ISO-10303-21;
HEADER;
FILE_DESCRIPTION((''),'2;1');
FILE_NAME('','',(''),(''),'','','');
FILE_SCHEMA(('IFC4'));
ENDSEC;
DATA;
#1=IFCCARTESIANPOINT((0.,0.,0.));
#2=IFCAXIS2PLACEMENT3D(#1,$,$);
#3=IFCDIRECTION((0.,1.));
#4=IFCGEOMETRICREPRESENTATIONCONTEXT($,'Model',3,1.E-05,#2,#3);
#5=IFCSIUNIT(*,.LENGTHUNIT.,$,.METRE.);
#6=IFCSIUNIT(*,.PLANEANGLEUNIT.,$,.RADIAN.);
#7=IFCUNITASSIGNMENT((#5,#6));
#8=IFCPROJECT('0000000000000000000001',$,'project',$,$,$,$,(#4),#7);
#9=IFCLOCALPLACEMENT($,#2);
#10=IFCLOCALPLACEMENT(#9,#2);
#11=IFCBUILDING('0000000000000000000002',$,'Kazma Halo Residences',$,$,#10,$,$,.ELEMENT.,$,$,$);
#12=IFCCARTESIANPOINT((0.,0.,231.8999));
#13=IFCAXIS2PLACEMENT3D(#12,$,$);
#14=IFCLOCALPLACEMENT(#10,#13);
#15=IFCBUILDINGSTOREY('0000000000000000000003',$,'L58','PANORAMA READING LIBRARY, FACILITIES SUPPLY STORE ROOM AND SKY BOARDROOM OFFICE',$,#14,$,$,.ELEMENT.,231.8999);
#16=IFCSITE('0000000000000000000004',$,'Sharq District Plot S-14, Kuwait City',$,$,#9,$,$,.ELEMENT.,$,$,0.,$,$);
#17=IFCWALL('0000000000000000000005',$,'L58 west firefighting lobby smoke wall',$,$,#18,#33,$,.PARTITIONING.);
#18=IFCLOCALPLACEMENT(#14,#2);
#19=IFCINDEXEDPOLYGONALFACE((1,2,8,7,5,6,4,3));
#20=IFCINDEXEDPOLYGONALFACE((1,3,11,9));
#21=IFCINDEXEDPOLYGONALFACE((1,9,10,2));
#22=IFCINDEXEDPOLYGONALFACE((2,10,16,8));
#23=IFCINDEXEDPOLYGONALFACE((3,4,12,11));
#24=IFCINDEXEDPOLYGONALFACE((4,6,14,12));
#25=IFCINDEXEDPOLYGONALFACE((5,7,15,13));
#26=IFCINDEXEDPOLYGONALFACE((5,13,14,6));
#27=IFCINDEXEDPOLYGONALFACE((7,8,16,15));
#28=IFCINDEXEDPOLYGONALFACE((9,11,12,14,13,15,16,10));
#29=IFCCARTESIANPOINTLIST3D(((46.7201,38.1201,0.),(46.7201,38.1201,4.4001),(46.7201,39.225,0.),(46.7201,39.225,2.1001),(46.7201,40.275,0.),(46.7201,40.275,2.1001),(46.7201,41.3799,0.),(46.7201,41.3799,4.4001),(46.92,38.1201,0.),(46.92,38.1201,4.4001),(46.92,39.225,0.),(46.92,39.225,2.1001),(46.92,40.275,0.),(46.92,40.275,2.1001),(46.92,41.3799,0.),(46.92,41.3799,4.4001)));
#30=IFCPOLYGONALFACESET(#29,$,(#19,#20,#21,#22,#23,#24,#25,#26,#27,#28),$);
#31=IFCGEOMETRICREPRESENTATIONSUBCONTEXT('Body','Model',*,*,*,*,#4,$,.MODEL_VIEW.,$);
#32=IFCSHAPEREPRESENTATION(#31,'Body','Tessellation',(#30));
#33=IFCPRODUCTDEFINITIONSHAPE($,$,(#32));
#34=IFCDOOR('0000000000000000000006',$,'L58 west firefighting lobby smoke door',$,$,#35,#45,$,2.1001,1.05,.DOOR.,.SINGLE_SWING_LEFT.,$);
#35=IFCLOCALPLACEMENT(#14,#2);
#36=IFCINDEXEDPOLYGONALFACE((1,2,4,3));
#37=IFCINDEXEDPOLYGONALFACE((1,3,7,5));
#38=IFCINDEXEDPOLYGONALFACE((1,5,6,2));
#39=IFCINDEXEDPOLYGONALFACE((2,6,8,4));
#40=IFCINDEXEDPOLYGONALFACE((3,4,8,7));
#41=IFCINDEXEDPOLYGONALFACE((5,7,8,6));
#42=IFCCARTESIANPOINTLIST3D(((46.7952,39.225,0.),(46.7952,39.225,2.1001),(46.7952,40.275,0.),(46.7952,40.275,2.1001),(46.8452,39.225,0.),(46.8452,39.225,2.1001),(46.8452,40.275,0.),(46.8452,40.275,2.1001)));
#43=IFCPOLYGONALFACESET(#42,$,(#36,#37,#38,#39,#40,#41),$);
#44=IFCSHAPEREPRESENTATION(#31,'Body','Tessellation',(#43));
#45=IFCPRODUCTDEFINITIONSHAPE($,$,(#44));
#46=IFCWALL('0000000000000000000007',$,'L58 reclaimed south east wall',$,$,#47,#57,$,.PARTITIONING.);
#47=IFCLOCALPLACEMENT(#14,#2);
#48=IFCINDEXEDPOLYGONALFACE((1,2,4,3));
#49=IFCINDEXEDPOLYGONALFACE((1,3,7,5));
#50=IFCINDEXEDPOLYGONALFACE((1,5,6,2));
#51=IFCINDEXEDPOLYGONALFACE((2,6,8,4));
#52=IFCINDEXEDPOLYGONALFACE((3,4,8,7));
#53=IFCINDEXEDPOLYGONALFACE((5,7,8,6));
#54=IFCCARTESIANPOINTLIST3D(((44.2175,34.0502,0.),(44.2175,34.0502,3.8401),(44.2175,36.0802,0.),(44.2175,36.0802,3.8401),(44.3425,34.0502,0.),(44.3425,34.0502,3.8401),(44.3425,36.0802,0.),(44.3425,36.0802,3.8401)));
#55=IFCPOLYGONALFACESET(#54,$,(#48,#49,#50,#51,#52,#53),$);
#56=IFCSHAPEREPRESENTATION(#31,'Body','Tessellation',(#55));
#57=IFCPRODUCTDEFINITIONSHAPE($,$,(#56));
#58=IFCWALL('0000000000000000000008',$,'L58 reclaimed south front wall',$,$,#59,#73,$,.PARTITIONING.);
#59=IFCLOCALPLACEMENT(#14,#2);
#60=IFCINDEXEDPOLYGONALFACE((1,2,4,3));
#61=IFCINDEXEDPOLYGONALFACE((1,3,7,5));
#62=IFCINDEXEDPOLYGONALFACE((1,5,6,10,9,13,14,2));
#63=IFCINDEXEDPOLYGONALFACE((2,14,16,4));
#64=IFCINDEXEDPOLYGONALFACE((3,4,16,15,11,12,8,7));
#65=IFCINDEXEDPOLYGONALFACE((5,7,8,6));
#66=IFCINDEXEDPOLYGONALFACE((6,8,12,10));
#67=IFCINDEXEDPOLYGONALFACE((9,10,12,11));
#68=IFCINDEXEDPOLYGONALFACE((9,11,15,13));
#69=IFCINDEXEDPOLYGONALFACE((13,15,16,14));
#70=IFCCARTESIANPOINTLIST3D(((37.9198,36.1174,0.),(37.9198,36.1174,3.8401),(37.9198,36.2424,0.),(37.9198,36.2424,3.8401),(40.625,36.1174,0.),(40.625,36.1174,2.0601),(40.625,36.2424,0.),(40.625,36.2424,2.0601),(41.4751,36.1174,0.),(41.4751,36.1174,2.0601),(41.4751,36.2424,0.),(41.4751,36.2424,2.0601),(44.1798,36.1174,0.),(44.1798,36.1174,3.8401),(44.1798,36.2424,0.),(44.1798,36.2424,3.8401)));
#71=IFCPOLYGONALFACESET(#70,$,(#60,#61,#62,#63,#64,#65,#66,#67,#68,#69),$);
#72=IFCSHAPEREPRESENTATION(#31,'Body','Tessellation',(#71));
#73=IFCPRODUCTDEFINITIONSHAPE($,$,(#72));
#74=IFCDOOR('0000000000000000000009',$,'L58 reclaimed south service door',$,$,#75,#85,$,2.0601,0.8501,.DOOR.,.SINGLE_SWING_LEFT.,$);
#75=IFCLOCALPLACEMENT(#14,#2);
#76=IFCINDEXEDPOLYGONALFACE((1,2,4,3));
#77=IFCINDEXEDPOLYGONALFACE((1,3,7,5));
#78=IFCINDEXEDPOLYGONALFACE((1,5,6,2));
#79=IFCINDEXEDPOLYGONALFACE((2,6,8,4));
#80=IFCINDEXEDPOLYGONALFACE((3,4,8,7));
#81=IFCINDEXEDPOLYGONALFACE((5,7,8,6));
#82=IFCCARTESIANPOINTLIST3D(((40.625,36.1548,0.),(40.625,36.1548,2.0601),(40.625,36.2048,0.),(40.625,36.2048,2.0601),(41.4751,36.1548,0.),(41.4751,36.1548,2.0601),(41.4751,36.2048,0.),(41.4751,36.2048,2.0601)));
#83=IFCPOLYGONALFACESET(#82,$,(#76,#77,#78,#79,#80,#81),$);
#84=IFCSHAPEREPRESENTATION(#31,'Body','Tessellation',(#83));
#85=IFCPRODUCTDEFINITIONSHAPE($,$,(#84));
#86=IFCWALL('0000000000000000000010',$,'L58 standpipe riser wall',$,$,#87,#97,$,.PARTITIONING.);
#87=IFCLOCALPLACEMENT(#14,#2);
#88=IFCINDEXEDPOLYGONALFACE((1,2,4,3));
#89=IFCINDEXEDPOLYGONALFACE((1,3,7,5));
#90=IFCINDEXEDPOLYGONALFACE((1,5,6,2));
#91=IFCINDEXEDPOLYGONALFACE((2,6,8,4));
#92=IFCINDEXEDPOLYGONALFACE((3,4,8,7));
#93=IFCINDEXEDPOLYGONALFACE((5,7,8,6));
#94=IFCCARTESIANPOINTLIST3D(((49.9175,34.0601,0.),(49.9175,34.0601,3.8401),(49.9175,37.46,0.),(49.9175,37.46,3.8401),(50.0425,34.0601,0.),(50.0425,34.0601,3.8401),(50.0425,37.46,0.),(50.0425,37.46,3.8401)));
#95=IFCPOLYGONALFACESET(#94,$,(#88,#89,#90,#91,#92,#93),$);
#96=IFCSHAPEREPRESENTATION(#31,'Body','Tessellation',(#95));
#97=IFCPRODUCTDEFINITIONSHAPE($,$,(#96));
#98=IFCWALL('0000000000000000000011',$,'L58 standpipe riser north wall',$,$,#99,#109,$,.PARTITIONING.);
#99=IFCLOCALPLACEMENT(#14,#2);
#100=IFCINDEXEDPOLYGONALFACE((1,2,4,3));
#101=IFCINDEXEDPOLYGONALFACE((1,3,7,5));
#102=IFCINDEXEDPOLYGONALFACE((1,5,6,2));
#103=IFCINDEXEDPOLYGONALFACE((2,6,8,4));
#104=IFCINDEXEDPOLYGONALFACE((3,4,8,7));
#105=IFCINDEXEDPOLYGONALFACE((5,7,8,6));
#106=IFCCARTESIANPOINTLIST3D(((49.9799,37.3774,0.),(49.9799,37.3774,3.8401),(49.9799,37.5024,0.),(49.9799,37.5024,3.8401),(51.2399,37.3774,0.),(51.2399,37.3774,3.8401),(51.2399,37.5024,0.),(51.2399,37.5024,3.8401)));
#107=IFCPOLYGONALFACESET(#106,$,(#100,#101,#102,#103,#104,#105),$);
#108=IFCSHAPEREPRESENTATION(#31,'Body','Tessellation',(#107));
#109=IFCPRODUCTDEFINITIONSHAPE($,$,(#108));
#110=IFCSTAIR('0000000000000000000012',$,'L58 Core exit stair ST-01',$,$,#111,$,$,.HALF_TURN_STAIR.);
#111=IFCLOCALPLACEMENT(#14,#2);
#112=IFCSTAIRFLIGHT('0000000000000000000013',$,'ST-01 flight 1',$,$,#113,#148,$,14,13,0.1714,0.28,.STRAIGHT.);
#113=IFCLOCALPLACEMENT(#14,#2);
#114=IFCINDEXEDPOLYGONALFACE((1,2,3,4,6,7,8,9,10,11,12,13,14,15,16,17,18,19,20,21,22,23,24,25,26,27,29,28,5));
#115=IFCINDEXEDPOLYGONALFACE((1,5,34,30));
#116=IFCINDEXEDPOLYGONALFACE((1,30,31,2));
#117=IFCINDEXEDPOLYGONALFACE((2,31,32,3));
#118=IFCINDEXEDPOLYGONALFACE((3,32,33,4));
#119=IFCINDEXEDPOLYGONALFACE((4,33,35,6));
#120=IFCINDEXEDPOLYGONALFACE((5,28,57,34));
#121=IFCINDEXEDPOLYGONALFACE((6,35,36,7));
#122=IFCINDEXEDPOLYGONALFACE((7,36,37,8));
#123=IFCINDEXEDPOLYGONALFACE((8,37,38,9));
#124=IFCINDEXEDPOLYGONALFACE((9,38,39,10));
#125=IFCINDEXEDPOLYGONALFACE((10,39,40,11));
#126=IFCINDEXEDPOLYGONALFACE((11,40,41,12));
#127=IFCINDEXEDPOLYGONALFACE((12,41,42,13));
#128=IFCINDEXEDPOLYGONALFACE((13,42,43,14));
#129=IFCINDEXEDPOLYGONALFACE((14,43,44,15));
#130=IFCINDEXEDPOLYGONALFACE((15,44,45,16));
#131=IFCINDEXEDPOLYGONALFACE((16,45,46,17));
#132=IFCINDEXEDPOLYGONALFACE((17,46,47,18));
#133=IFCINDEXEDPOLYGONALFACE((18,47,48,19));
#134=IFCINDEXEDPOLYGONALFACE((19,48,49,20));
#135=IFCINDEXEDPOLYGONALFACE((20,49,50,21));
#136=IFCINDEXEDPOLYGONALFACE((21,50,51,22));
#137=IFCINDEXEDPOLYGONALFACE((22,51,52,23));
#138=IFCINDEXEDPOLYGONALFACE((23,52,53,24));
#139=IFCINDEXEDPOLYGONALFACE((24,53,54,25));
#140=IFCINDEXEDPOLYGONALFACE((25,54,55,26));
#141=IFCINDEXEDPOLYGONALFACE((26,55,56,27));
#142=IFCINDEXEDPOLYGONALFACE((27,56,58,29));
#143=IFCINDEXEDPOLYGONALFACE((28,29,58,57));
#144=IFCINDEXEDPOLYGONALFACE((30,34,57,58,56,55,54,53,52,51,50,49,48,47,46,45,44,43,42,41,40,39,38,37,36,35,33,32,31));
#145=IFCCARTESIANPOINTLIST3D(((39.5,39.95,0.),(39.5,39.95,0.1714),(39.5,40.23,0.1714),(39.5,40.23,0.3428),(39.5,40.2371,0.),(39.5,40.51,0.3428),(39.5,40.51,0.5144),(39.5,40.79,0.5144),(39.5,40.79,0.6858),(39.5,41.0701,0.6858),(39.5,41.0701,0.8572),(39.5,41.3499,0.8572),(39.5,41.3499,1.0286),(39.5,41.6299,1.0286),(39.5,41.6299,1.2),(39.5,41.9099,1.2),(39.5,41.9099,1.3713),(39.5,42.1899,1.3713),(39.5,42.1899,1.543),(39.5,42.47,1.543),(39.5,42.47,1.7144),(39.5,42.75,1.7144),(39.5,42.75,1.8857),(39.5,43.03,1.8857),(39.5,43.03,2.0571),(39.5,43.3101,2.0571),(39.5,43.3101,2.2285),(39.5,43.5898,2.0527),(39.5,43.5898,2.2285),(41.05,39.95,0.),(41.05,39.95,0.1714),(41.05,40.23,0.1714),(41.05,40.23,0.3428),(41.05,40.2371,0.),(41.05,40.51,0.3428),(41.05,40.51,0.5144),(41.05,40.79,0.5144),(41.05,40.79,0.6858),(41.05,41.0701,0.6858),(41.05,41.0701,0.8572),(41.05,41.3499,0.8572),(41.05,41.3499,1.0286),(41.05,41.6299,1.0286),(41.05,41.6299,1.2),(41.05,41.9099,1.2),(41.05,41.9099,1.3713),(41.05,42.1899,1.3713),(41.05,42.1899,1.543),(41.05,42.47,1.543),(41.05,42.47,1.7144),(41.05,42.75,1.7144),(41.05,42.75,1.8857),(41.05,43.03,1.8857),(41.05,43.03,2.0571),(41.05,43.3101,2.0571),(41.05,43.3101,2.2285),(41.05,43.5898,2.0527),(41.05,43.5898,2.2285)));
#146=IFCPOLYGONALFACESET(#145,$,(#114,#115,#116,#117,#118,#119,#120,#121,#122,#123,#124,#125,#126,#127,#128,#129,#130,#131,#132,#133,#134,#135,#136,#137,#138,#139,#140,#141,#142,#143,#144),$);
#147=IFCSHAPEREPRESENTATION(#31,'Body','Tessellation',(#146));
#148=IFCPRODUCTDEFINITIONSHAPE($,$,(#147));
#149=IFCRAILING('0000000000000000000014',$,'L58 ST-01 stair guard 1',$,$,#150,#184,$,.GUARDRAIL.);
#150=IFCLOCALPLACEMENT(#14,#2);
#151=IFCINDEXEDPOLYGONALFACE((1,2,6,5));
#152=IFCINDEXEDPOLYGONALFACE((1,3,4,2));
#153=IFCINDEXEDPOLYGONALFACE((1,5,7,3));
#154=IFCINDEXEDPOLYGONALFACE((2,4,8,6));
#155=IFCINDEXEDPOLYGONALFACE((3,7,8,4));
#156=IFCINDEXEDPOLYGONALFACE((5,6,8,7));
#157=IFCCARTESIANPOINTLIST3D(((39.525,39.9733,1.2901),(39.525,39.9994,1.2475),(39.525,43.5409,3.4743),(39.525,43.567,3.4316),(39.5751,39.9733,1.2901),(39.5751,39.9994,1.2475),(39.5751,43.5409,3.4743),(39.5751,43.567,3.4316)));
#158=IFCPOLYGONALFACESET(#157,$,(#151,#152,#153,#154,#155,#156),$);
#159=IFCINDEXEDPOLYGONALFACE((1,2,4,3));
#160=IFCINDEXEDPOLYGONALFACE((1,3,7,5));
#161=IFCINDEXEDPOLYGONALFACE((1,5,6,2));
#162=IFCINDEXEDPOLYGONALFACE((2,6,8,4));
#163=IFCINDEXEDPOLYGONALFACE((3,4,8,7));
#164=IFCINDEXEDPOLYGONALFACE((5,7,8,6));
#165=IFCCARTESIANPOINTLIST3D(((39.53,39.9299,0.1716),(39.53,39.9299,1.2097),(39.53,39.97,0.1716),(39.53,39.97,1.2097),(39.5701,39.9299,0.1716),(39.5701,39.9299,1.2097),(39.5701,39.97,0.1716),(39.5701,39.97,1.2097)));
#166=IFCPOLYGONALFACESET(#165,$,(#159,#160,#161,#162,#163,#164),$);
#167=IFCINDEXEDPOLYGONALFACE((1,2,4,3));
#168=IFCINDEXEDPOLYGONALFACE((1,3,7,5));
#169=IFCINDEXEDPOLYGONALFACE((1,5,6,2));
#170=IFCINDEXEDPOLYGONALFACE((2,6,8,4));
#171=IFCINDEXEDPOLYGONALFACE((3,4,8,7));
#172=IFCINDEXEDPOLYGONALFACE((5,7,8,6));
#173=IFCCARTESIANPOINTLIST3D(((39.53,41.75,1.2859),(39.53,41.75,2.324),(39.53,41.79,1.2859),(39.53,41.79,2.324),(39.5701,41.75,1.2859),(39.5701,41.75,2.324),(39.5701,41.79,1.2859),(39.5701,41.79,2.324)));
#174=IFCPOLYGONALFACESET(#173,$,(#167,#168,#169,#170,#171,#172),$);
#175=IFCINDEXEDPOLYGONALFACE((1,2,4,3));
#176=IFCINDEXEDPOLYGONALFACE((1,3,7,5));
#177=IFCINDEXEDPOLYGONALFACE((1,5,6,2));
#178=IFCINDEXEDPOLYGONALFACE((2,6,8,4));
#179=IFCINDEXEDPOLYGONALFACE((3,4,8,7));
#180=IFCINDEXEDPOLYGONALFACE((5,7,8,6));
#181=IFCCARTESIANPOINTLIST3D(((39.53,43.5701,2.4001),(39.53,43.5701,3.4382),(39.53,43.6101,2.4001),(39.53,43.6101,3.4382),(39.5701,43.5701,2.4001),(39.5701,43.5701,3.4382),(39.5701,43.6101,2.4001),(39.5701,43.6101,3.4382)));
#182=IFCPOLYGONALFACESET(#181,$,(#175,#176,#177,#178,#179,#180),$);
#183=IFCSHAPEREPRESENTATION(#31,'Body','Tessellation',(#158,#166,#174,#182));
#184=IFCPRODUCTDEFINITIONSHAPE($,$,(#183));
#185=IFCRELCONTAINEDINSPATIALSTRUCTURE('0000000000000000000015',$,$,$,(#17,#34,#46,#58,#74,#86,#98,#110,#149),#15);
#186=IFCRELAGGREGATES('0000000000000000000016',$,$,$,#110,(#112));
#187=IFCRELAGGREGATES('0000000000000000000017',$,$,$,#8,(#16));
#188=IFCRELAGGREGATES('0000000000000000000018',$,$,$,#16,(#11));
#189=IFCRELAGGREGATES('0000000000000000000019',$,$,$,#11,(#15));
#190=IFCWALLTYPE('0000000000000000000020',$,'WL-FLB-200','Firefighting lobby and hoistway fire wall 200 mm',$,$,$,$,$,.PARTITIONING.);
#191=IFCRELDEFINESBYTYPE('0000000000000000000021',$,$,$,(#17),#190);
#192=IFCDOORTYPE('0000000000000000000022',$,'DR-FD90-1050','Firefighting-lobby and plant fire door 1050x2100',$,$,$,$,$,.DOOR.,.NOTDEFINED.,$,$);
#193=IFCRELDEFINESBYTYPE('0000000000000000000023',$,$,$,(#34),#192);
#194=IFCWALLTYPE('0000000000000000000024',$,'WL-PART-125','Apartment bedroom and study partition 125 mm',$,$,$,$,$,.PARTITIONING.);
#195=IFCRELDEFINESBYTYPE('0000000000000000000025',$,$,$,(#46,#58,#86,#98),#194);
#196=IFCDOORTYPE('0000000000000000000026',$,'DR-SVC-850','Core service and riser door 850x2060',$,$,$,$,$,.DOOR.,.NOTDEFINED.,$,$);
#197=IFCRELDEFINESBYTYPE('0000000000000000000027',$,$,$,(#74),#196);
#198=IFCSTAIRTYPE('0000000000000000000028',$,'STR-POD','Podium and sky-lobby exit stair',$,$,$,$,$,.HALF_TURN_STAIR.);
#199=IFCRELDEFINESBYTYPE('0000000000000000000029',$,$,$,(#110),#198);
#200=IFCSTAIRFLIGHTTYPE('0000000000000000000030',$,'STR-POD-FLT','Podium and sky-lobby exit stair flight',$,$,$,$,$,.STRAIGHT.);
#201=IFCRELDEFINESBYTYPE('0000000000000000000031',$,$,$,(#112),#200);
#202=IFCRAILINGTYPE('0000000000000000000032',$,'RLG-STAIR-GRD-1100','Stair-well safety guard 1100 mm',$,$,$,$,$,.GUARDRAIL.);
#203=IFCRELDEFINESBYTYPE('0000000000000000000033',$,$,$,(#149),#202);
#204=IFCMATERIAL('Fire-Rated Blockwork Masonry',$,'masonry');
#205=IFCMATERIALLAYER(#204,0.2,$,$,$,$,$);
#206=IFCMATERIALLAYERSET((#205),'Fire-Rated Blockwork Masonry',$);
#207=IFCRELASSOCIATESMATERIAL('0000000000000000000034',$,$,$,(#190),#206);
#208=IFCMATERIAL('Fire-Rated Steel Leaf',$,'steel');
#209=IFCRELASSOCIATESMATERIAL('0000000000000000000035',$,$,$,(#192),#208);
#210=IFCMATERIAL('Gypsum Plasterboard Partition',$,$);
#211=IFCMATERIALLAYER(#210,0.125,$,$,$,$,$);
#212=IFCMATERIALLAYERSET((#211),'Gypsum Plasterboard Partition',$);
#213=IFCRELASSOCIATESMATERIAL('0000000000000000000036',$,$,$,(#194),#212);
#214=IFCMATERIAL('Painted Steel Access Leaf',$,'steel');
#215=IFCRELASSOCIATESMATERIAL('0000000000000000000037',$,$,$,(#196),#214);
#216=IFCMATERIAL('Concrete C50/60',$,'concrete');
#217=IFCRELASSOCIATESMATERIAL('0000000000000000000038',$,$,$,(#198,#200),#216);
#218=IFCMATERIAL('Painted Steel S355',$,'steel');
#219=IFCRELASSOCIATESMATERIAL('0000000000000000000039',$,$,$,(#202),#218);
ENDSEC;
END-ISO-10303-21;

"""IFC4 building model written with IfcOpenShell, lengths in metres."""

from ifc_helpers import new_model, si_unit, direction, frame, frame_2d, origin, origin_2d, place, context, subcontext, project, spatial, polyline, rectangle, outline, extrude, material, layer, layer_set, type_object, element, fill, aggregate, save


model = new_model("IFC4")

# Units and contexts
model_context = context("Model", 3, precision=1e-05, world=origin(), true_north=direction((0.0, 1.0)))
body_context = subcontext(model_context, "Body", "Model", "MODEL_VIEW")
ifc_project = project(units=[si_unit("LENGTHUNIT", "METRE"), si_unit("PLANEANGLEUNIT", "RADIAN")], contexts=[model_context])

# Site, building, storey
site_placement = place(None, origin())
site = spatial("IfcSite", under=ifc_project, at=site_placement, Name="Sharq District Plot S-14, Kuwait City", CompositionType="ELEMENT", RefElevation=0.0)
building_placement = place(site_placement, origin())
building = spatial("IfcBuilding", under=site, at=building_placement, Name="Kazma Halo Residences", CompositionType="ELEMENT")
storey_placement = place(building_placement, frame((0.0, 0.0, 231.8999)))
storey = spatial("IfcBuildingStorey", under=building, at=storey_placement, Name="L58", Description="PANORAMA READING LIBRARY, FACILITIES SUPPLY STORE ROOM AND SKY BOARDROOM OFFICE", CompositionType="ELEMENT", Elevation=231.8999)

# Shared definitions
ifc_material_1 = material(Name="Fire-Rated Blockwork Masonry", Category="masonry")
ifc_layer_1 = layer(ifc_material_1, 0.2)
ifc_layer_set_1 = layer_set([ifc_layer_1], Name="Fire-Rated Blockwork Masonry")
wall_type_1 = type_object("IfcWallType", Name="WL-FLB-200", Description="Firefighting lobby and hoistway fire wall 200 mm", PredefinedType="PARTITIONING", material=ifc_layer_set_1)

# Wall, opening, door
wall_1_placement = place(storey_placement, frame((46.8201, 38.1201, 0.0), z_axis=(0.0, 0.0, 1.0), x_axis=(0.0, 1.0, 0.0)))
wall_1 = element("IfcWall", 1, at=wall_1_placement, inside=storey, type_object=wall_type_1, Name="L58 west firefighting lobby smoke wall", PredefinedType="PARTITIONING", context=body_context, shape_type="SweptSolid", body=[
    extrude(rectangle(XDim=3.2598, YDim=0.2, at=frame_2d((1.6299, 0.0))), origin(), (0.0, 0.0, 1.0), 4.4001),
])
opening_1_placement = place(wall_1_placement, frame((1.105, 0.0, 0.0)))
opening_1 = element("IfcOpeningElement", 2, at=opening_1_placement, cuts=wall_1, PredefinedType="OPENING", context=body_context, shape_type="SweptSolid", body=[
    extrude(rectangle(XDim=1.05, YDim=2.1001, at=frame_2d((0.5249, 1.05))), frame((0.0, 0.1099, 0.0), z_axis=(0.0, -1.0, 0.0), x_axis=(1.0, 0.0, 0.0)), (0.0, 0.0, 1.0), 0.22),
])
ifc_material_2 = material(Name="Fire-Rated Steel Leaf", Category="steel")
door_type_1 = type_object("IfcDoorType", Name="DR-FD90-1050", Description="Firefighting-lobby and plant fire door 1050x2100", OperationType="NOTDEFINED", PredefinedType="DOOR", material=ifc_material_2)
door_1_placement = place(opening_1_placement, origin())
door_1 = element("IfcDoor", 3, at=door_1_placement, inside=storey, type_object=door_type_1, Name="L58 west firefighting lobby smoke door", OperationType="SINGLE_SWING_LEFT", OverallHeight=2.1001, OverallWidth=1.05, PredefinedType="DOOR", context=body_context, shape_type="SweptSolid", body=[
    extrude(rectangle(XDim=1.05, YDim=2.1001, at=frame_2d((0.5249, 1.05))), frame((0.0, 0.0249, 0.0), z_axis=(0.0, -1.0, 0.0), x_axis=(1.0, 0.0, 0.0)), (0.0, 0.0, 1.0), 0.05),
])
fill(opening_1, door_1)

# Wall
ifc_material_3 = material(Name="Gypsum Plasterboard Partition")
ifc_layer_2 = layer(ifc_material_3, 0.125)
ifc_layer_set_2 = layer_set([ifc_layer_2], Name="Gypsum Plasterboard Partition")
wall_type_2 = type_object("IfcWallType", Name="WL-PART-125", Description="Apartment bedroom and study partition 125 mm", PredefinedType="PARTITIONING", material=ifc_layer_set_2)
wall_2_placement = place(storey_placement, frame((44.28, 34.05, 0.0), z_axis=(0.0, 0.0, 1.0), x_axis=(0.0, 1.0, 0.0)))
element("IfcWall", 4, at=wall_2_placement, inside=storey, type_object=wall_type_2, Name="L58 reclaimed south east wall", PredefinedType="PARTITIONING", context=body_context, shape_type="SweptSolid", body=[
    extrude(rectangle(XDim=2.03, YDim=0.125, at=frame_2d((1.0151, 0.0))), origin(), (0.0, 0.0, 1.0), 3.8401),
])

# Wall, opening, door
wall_3_placement = place(storey_placement, frame((37.9199, 36.1799, 0.0), z_axis=(0.0, 0.0, 1.0), x_axis=(1.0, 0.0, 0.0)))
wall_3 = element("IfcWall", 5, at=wall_3_placement, inside=storey, type_object=wall_type_2, Name="L58 reclaimed south front wall", PredefinedType="PARTITIONING", context=body_context, shape_type="SweptSolid", body=[
    extrude(rectangle(XDim=6.26, YDim=0.125, at=frame_2d((3.1299, 0.0))), origin(), (0.0, 0.0, 1.0), 3.8401),
])
opening_2_placement = place(wall_3_placement, frame((2.7051, 0.0, 0.0)))
opening_2 = element("IfcOpeningElement", 6, at=opening_2_placement, cuts=wall_3, PredefinedType="OPENING", context=body_context, shape_type="SweptSolid", body=[
    extrude(rectangle(XDim=0.8501, YDim=2.0601, at=frame_2d((0.425, 1.03))), frame((0.0, 0.0725, 0.0), z_axis=(0.0, -1.0, 0.0), x_axis=(1.0, 0.0, 0.0)), (0.0, 0.0, 1.0), 0.145),
])
ifc_material_4 = material(Name="Painted Steel Access Leaf", Category="steel")
door_type_2 = type_object("IfcDoorType", Name="DR-SVC-850", Description="Core service and riser door 850x2060", OperationType="NOTDEFINED", PredefinedType="DOOR", material=ifc_material_4)
door_2_placement = place(opening_2_placement, origin())
door_2 = element("IfcDoor", 7, at=door_2_placement, inside=storey, type_object=door_type_2, Name="L58 reclaimed south service door", OperationType="SINGLE_SWING_LEFT", OverallHeight=2.0601, OverallWidth=0.8501, PredefinedType="DOOR", context=body_context, shape_type="SweptSolid", body=[
    extrude(rectangle(XDim=0.8501, YDim=2.0601, at=frame_2d((0.425, 1.03))), frame((0.0, 0.0249, 0.0), z_axis=(0.0, -1.0, 0.0), x_axis=(1.0, 0.0, 0.0)), (0.0, 0.0, 1.0), 0.05),
])
fill(opening_2, door_2)

# Walls
wall_4_placement = place(storey_placement, frame((49.98, 34.0601, 0.0), z_axis=(0.0, 0.0, 1.0), x_axis=(0.0, 1.0, 0.0)))
element("IfcWall", 8, at=wall_4_placement, inside=storey, type_object=wall_type_2, Name="L58 standpipe riser wall", PredefinedType="PARTITIONING", context=body_context, shape_type="SweptSolid", body=[
    extrude(rectangle(XDim=3.3999, YDim=0.125, at=frame_2d((1.7, 0.0))), origin(), (0.0, 0.0, 1.0), 3.8401),
])
wall_5_placement = place(storey_placement, frame((49.98, 37.4399, 0.0), z_axis=(0.0, 0.0, 1.0), x_axis=(1.0, 0.0, 0.0)))
element("IfcWall", 9, at=wall_5_placement, inside=storey, type_object=wall_type_2, Name="L58 standpipe riser north wall", PredefinedType="PARTITIONING", context=body_context, shape_type="SweptSolid", body=[
    extrude(rectangle(XDim=1.26, YDim=0.125, at=frame_2d((0.6299, 0.0))), origin(), (0.0, 0.0, 1.0), 3.8401),
])

# Shared definitions
ifc_material_5 = material(Name="Concrete C50/60", Category="concrete")

# Stair, stair flight
stair_type = type_object("IfcStairType", Name="STR-POD", Description="Podium and sky-lobby exit stair", PredefinedType="HALF_TURN_STAIR", material=ifc_material_5)
stair_placement = place(storey_placement, origin())
stair = element("IfcStair", 10, at=stair_placement, inside=storey, type_object=stair_type, Name="L58 Core exit stair ST-01", PredefinedType="HALF_TURN_STAIR")
stair_flight_type = type_object("IfcStairFlightType", Name="STR-POD-FLT", Description="Podium and sky-lobby exit stair flight", PredefinedType="STRAIGHT", material=ifc_material_5)
stair_flight_placement = place(storey_placement, frame((40.2749, 39.95, 0.0), z_axis=(0.0, 0.0, 1.0), x_axis=(0.0, 1.0, 0.0)))
stair_flight = element("IfcStairFlight", 11, at=stair_flight_placement, type_object=stair_flight_type, Name="ST-01 flight 1", NumberOfRisers=14, NumberOfTreads=13, PredefinedType="STRAIGHT", RiserHeight=0.1714, TreadLength=0.28, context=body_context, shape_type="SweptSolid", body=[
    extrude(outline(polyline([(0.0, 0.0), (0.0, 0.1714), (0.28, 0.1714), (0.28, 0.3428), (0.5601, 0.3428), (0.5601, 0.5144), (0.8401, 0.5144), (0.8401, 0.6858), (1.1201, 0.6858), (1.1201, 0.8572), (1.3999, 0.8572), (1.3999, 1.0286), (1.6799, 1.0286), (1.6799, 1.2), (1.96, 1.2), (1.96, 1.3713), (2.24, 1.3713), (2.24, 1.543), (2.52, 1.543), (2.52, 1.7144), (2.8, 1.7144), (2.8, 1.8857), (3.0801, 1.8857), (3.0801, 2.0571), (3.3601, 2.0571), (3.3601, 2.2285), (3.6399, 2.2285), (3.6399, 2.3999), (3.6399, 2.0527), (0.2871, 0.0), (0.0, 0.0)])), frame((0.0, 0.7749, 0.0), z_axis=(0.0, -1.0, 0.0), x_axis=(1.0, 0.0, 0.0)), (0.0, 0.0, 1.0), 1.55),
])
aggregate(stair, [stair_flight])

# Railing
ifc_material_6 = material(Name="Painted Steel S355", Category="steel")
railing_type_1 = type_object("IfcRailingType", Name="RLG-STAIR-GRD-1100", Description="Stair-well safety guard 1100 mm", PredefinedType="GUARDRAIL", material=ifc_material_6)
railing_1_placement = place(storey_placement, frame((39.55, 39.95, 0.1716)))
element("IfcRailing", 12, at=railing_1_placement, inside=storey, type_object=railing_type_1, Name="L58 ST-01 stair guard 1", PredefinedType="GUARDRAIL", context=body_context, shape_type="SweptSolid", body=[
    extrude(rectangle(XDim=0.05, YDim=0.05, at=origin_2d()), frame((0.0, 0.0364, 1.0972), z_axis=(0.0, 0.852866, 0.52213), x_axis=(-1.0, 0.0, 0.0)), (0.0, 0.0, 1.0), 4.1831),
    extrude(rectangle(XDim=0.04, YDim=0.04, at=origin_2d()), origin(), (0.0, 0.0, 1.0), 1.0381),
    extrude(rectangle(XDim=0.04, YDim=0.04, at=origin_2d()), frame((0.0, 1.8201, 1.1143)), (0.0, 0.0, 1.0), 1.0381),
    extrude(rectangle(XDim=0.04, YDim=0.04, at=origin_2d()), frame((0.0, 3.6401, 2.2285)), (0.0, 0.0, 1.0), 1.0381),
])

save(model, "model.ifc")
